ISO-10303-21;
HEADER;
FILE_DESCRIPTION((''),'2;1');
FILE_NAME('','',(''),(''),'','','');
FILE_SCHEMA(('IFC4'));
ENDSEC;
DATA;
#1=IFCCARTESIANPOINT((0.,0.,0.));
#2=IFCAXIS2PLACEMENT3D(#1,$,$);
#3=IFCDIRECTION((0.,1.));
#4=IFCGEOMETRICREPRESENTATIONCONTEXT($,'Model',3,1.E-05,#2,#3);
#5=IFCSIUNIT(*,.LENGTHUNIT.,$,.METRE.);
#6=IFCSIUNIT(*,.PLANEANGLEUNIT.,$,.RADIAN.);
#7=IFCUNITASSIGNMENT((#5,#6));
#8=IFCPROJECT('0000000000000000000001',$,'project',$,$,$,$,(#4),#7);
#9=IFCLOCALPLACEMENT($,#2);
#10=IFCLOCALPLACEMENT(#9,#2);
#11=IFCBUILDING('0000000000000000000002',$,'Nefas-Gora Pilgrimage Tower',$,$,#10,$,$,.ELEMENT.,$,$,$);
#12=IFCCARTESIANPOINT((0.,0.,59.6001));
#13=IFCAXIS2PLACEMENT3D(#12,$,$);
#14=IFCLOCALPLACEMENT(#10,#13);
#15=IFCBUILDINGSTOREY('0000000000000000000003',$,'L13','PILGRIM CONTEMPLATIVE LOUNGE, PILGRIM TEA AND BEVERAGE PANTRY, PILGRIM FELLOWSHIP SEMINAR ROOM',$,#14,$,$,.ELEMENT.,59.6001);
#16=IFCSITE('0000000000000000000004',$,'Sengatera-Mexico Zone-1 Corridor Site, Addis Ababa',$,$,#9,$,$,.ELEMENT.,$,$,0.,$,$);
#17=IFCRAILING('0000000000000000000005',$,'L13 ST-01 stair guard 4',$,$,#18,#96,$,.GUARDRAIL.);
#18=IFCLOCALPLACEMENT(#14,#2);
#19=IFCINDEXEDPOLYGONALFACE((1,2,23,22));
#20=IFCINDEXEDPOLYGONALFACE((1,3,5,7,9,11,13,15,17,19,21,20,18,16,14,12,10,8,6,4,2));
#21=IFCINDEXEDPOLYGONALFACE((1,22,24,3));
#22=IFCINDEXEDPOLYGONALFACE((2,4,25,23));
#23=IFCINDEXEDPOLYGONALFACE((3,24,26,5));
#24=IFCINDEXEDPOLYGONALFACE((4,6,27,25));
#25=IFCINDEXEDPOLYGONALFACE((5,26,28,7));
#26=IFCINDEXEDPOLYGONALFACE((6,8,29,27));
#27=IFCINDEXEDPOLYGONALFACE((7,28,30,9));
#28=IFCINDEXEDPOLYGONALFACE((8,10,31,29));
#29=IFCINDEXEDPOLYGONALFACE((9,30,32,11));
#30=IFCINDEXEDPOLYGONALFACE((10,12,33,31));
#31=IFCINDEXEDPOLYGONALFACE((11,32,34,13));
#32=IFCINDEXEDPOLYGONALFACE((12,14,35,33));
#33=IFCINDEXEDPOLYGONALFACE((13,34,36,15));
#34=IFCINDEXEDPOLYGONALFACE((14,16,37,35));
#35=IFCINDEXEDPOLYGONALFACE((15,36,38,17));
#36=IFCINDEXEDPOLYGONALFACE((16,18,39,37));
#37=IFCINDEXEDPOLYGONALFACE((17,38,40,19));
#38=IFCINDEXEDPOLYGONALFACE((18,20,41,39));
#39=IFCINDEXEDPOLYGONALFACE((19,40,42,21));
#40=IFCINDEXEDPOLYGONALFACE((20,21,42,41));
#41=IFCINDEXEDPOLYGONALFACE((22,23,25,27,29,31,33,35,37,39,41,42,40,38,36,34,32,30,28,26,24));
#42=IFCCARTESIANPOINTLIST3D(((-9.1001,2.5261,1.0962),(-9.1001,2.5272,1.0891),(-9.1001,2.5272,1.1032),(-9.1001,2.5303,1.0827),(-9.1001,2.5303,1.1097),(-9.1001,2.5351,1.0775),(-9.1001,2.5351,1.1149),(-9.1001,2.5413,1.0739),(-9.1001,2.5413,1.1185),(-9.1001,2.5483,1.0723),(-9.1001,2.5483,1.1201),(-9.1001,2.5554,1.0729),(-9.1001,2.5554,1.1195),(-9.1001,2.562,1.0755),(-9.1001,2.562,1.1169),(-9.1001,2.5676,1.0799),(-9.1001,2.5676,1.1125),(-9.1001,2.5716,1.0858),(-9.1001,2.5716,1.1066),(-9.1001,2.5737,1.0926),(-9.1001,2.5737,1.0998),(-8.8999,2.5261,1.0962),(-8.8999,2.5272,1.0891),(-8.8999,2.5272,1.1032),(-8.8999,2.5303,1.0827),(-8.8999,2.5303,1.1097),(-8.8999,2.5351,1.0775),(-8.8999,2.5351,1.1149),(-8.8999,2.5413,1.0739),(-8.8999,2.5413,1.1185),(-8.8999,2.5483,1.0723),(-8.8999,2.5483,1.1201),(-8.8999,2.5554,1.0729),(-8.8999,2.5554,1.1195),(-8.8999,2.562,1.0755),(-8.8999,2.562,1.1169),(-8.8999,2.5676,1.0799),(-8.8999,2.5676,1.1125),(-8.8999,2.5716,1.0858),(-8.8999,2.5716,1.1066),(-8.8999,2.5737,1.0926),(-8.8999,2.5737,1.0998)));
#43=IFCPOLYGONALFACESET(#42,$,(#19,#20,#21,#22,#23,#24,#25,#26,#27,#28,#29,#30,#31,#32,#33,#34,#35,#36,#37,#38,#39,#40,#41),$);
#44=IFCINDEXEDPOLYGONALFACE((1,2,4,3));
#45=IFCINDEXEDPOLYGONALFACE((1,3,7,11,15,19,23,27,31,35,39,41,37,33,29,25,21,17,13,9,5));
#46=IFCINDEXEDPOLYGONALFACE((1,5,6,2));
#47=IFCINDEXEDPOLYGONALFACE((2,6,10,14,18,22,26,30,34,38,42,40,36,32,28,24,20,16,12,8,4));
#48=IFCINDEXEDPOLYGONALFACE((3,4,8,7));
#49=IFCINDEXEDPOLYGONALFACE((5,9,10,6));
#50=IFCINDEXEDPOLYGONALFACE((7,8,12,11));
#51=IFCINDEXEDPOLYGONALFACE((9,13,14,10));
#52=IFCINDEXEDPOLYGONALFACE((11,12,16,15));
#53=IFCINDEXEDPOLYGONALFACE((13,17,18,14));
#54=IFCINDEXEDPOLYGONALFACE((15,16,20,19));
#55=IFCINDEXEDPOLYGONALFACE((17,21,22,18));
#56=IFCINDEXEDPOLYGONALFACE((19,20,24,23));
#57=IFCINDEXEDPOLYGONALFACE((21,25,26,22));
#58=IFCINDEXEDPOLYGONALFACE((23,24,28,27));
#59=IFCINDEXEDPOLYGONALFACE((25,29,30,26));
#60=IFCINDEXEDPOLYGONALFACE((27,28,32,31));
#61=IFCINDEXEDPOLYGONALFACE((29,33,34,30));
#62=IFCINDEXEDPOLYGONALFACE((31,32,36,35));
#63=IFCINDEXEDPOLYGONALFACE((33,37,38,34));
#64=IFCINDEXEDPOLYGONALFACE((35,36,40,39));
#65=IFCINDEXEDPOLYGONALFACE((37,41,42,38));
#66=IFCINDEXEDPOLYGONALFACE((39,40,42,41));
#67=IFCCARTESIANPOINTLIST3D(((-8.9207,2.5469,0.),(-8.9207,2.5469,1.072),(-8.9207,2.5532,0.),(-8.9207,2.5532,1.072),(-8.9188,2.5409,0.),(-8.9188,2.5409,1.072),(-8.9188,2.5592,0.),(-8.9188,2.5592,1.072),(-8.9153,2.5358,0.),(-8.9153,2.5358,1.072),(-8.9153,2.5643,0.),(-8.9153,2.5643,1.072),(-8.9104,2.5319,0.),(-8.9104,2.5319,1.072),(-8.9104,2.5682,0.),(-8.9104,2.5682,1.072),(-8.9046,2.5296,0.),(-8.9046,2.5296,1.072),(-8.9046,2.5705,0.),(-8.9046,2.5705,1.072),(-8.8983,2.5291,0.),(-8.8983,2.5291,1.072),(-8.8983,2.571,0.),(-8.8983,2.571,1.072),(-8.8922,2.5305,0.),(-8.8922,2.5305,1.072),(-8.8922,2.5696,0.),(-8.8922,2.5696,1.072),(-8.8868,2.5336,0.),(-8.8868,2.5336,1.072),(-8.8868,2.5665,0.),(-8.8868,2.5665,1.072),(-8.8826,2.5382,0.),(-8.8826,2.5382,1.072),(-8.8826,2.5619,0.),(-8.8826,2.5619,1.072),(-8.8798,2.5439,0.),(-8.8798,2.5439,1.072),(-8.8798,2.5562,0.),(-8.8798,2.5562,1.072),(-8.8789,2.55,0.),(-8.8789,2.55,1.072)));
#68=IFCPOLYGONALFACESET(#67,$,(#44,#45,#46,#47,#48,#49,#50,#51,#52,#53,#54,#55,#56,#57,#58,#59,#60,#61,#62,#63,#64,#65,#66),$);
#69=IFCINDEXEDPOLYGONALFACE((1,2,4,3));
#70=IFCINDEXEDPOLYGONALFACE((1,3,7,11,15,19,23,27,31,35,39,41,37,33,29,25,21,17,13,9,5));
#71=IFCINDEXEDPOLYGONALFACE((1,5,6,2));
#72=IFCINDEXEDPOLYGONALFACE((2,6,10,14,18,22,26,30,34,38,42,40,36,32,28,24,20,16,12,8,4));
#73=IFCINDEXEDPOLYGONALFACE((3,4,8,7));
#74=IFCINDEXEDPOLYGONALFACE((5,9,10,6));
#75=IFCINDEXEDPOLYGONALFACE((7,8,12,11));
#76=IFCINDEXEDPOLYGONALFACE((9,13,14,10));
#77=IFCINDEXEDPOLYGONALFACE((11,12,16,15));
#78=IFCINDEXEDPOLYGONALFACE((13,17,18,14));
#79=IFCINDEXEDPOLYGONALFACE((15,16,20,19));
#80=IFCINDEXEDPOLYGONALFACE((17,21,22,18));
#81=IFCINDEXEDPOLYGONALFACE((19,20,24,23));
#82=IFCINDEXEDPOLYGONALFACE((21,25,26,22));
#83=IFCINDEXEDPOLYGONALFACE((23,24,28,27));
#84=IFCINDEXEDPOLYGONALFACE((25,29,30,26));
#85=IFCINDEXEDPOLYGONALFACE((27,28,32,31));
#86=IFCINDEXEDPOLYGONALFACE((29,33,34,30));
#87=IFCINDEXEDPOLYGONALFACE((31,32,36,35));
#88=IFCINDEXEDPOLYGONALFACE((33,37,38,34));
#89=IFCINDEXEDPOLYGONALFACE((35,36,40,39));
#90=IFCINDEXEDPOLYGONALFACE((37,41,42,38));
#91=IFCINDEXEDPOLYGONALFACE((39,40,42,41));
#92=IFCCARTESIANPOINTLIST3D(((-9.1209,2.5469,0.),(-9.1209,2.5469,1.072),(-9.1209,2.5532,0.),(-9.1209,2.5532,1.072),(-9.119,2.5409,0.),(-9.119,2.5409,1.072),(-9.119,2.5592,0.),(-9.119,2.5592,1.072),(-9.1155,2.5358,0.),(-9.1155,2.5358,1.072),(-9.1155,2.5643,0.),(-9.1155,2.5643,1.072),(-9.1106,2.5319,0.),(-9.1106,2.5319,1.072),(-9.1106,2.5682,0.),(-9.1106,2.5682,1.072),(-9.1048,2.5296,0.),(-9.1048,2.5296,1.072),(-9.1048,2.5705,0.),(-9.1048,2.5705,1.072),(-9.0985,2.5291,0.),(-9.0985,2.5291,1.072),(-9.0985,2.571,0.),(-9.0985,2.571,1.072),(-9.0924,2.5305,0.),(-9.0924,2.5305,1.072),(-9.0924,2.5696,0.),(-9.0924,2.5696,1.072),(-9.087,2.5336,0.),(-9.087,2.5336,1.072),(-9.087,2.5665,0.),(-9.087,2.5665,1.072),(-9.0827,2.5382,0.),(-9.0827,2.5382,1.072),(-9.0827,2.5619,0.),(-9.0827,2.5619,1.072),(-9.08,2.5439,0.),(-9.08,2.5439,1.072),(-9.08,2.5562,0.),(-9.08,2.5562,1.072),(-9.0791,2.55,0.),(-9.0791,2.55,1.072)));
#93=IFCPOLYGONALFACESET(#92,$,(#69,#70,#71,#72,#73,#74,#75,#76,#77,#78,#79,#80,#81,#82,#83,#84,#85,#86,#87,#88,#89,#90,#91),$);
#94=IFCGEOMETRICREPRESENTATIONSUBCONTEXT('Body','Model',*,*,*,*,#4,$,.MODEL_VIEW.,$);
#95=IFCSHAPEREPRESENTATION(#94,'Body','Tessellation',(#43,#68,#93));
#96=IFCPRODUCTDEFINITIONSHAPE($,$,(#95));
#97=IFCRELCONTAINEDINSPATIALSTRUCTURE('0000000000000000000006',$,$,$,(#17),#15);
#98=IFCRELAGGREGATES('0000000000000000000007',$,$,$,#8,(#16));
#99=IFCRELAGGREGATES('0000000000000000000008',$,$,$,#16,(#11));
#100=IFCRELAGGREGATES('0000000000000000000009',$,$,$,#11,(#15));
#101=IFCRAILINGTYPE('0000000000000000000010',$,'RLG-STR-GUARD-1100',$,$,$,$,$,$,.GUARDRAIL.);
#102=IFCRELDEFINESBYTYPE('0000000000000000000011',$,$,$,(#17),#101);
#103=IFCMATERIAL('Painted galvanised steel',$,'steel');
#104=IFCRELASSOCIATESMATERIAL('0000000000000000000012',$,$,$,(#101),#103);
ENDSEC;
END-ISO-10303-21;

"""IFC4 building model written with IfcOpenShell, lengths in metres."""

from ifc_helpers import new_model, si_unit, direction, frame, origin, origin_2d, place, context, subcontext, project, spatial, circle, extrude, material, type_object, element, save


model = new_model("IFC4")

# Units and contexts
model_context = context("Model", 3, precision=1e-05, world=origin(), true_north=direction((0.0, 1.0)))
body_context = subcontext(model_context, "Body", "Model", "MODEL_VIEW")
ifc_project = project(units=[si_unit("LENGTHUNIT", "METRE"), si_unit("PLANEANGLEUNIT", "RADIAN")], contexts=[model_context])

# Site, building, storey
site_placement = place(None, origin())
site = spatial("IfcSite", under=ifc_project, at=site_placement, Name="Sengatera-Mexico Zone-1 Corridor Site, Addis Ababa", CompositionType="ELEMENT", RefElevation=0.0)
building_placement = place(site_placement, origin())
building = spatial("IfcBuilding", under=site, at=building_placement, Name="Nefas-Gora Pilgrimage Tower", CompositionType="ELEMENT")
storey_placement = place(building_placement, frame((0.0, 0.0, 59.6001)))
storey = spatial("IfcBuildingStorey", under=building, at=storey_placement, Name="L13", Description="PILGRIM CONTEMPLATIVE LOUNGE, PILGRIM TEA AND BEVERAGE PANTRY, PILGRIM FELLOWSHIP SEMINAR ROOM", CompositionType="ELEMENT", Elevation=59.6001)

# Railing
ifc_material_1 = material(Name="Painted galvanised steel", Category="steel")
railing_type_1 = type_object("IfcRailingType", Name="RLG-STR-GUARD-1100", PredefinedType="GUARDRAIL", material=ifc_material_1)
railing_1_placement = place(storey_placement, frame((-8.8999, 2.55, 0.0)))
element("IfcRailing", 1, at=railing_1_placement, inside=storey, type_object=railing_type_1, Name="L13 ST-01 stair guard 4", PredefinedType="GUARDRAIL", context=body_context, shape_type="SweptSolid", body=[
    extrude(circle(Radius=0.0239, at=origin_2d()), frame((0.0, 0.0, 1.0962), z_axis=(-1.0, 0.0, 0.0), x_axis=(0.0, -1.0, 0.0)), (0.0, 0.0, 1.0), 0.2002),
    extrude(circle(Radius=0.021, at=origin_2d()), origin(), (0.0, 0.0, 1.0), 1.072),
    extrude(circle(Radius=0.021, at=origin_2d()), frame((-0.2002, 0.0, 0.0)), (0.0, 0.0, 1.0), 1.072),
])

save(model, "model.ifc")
